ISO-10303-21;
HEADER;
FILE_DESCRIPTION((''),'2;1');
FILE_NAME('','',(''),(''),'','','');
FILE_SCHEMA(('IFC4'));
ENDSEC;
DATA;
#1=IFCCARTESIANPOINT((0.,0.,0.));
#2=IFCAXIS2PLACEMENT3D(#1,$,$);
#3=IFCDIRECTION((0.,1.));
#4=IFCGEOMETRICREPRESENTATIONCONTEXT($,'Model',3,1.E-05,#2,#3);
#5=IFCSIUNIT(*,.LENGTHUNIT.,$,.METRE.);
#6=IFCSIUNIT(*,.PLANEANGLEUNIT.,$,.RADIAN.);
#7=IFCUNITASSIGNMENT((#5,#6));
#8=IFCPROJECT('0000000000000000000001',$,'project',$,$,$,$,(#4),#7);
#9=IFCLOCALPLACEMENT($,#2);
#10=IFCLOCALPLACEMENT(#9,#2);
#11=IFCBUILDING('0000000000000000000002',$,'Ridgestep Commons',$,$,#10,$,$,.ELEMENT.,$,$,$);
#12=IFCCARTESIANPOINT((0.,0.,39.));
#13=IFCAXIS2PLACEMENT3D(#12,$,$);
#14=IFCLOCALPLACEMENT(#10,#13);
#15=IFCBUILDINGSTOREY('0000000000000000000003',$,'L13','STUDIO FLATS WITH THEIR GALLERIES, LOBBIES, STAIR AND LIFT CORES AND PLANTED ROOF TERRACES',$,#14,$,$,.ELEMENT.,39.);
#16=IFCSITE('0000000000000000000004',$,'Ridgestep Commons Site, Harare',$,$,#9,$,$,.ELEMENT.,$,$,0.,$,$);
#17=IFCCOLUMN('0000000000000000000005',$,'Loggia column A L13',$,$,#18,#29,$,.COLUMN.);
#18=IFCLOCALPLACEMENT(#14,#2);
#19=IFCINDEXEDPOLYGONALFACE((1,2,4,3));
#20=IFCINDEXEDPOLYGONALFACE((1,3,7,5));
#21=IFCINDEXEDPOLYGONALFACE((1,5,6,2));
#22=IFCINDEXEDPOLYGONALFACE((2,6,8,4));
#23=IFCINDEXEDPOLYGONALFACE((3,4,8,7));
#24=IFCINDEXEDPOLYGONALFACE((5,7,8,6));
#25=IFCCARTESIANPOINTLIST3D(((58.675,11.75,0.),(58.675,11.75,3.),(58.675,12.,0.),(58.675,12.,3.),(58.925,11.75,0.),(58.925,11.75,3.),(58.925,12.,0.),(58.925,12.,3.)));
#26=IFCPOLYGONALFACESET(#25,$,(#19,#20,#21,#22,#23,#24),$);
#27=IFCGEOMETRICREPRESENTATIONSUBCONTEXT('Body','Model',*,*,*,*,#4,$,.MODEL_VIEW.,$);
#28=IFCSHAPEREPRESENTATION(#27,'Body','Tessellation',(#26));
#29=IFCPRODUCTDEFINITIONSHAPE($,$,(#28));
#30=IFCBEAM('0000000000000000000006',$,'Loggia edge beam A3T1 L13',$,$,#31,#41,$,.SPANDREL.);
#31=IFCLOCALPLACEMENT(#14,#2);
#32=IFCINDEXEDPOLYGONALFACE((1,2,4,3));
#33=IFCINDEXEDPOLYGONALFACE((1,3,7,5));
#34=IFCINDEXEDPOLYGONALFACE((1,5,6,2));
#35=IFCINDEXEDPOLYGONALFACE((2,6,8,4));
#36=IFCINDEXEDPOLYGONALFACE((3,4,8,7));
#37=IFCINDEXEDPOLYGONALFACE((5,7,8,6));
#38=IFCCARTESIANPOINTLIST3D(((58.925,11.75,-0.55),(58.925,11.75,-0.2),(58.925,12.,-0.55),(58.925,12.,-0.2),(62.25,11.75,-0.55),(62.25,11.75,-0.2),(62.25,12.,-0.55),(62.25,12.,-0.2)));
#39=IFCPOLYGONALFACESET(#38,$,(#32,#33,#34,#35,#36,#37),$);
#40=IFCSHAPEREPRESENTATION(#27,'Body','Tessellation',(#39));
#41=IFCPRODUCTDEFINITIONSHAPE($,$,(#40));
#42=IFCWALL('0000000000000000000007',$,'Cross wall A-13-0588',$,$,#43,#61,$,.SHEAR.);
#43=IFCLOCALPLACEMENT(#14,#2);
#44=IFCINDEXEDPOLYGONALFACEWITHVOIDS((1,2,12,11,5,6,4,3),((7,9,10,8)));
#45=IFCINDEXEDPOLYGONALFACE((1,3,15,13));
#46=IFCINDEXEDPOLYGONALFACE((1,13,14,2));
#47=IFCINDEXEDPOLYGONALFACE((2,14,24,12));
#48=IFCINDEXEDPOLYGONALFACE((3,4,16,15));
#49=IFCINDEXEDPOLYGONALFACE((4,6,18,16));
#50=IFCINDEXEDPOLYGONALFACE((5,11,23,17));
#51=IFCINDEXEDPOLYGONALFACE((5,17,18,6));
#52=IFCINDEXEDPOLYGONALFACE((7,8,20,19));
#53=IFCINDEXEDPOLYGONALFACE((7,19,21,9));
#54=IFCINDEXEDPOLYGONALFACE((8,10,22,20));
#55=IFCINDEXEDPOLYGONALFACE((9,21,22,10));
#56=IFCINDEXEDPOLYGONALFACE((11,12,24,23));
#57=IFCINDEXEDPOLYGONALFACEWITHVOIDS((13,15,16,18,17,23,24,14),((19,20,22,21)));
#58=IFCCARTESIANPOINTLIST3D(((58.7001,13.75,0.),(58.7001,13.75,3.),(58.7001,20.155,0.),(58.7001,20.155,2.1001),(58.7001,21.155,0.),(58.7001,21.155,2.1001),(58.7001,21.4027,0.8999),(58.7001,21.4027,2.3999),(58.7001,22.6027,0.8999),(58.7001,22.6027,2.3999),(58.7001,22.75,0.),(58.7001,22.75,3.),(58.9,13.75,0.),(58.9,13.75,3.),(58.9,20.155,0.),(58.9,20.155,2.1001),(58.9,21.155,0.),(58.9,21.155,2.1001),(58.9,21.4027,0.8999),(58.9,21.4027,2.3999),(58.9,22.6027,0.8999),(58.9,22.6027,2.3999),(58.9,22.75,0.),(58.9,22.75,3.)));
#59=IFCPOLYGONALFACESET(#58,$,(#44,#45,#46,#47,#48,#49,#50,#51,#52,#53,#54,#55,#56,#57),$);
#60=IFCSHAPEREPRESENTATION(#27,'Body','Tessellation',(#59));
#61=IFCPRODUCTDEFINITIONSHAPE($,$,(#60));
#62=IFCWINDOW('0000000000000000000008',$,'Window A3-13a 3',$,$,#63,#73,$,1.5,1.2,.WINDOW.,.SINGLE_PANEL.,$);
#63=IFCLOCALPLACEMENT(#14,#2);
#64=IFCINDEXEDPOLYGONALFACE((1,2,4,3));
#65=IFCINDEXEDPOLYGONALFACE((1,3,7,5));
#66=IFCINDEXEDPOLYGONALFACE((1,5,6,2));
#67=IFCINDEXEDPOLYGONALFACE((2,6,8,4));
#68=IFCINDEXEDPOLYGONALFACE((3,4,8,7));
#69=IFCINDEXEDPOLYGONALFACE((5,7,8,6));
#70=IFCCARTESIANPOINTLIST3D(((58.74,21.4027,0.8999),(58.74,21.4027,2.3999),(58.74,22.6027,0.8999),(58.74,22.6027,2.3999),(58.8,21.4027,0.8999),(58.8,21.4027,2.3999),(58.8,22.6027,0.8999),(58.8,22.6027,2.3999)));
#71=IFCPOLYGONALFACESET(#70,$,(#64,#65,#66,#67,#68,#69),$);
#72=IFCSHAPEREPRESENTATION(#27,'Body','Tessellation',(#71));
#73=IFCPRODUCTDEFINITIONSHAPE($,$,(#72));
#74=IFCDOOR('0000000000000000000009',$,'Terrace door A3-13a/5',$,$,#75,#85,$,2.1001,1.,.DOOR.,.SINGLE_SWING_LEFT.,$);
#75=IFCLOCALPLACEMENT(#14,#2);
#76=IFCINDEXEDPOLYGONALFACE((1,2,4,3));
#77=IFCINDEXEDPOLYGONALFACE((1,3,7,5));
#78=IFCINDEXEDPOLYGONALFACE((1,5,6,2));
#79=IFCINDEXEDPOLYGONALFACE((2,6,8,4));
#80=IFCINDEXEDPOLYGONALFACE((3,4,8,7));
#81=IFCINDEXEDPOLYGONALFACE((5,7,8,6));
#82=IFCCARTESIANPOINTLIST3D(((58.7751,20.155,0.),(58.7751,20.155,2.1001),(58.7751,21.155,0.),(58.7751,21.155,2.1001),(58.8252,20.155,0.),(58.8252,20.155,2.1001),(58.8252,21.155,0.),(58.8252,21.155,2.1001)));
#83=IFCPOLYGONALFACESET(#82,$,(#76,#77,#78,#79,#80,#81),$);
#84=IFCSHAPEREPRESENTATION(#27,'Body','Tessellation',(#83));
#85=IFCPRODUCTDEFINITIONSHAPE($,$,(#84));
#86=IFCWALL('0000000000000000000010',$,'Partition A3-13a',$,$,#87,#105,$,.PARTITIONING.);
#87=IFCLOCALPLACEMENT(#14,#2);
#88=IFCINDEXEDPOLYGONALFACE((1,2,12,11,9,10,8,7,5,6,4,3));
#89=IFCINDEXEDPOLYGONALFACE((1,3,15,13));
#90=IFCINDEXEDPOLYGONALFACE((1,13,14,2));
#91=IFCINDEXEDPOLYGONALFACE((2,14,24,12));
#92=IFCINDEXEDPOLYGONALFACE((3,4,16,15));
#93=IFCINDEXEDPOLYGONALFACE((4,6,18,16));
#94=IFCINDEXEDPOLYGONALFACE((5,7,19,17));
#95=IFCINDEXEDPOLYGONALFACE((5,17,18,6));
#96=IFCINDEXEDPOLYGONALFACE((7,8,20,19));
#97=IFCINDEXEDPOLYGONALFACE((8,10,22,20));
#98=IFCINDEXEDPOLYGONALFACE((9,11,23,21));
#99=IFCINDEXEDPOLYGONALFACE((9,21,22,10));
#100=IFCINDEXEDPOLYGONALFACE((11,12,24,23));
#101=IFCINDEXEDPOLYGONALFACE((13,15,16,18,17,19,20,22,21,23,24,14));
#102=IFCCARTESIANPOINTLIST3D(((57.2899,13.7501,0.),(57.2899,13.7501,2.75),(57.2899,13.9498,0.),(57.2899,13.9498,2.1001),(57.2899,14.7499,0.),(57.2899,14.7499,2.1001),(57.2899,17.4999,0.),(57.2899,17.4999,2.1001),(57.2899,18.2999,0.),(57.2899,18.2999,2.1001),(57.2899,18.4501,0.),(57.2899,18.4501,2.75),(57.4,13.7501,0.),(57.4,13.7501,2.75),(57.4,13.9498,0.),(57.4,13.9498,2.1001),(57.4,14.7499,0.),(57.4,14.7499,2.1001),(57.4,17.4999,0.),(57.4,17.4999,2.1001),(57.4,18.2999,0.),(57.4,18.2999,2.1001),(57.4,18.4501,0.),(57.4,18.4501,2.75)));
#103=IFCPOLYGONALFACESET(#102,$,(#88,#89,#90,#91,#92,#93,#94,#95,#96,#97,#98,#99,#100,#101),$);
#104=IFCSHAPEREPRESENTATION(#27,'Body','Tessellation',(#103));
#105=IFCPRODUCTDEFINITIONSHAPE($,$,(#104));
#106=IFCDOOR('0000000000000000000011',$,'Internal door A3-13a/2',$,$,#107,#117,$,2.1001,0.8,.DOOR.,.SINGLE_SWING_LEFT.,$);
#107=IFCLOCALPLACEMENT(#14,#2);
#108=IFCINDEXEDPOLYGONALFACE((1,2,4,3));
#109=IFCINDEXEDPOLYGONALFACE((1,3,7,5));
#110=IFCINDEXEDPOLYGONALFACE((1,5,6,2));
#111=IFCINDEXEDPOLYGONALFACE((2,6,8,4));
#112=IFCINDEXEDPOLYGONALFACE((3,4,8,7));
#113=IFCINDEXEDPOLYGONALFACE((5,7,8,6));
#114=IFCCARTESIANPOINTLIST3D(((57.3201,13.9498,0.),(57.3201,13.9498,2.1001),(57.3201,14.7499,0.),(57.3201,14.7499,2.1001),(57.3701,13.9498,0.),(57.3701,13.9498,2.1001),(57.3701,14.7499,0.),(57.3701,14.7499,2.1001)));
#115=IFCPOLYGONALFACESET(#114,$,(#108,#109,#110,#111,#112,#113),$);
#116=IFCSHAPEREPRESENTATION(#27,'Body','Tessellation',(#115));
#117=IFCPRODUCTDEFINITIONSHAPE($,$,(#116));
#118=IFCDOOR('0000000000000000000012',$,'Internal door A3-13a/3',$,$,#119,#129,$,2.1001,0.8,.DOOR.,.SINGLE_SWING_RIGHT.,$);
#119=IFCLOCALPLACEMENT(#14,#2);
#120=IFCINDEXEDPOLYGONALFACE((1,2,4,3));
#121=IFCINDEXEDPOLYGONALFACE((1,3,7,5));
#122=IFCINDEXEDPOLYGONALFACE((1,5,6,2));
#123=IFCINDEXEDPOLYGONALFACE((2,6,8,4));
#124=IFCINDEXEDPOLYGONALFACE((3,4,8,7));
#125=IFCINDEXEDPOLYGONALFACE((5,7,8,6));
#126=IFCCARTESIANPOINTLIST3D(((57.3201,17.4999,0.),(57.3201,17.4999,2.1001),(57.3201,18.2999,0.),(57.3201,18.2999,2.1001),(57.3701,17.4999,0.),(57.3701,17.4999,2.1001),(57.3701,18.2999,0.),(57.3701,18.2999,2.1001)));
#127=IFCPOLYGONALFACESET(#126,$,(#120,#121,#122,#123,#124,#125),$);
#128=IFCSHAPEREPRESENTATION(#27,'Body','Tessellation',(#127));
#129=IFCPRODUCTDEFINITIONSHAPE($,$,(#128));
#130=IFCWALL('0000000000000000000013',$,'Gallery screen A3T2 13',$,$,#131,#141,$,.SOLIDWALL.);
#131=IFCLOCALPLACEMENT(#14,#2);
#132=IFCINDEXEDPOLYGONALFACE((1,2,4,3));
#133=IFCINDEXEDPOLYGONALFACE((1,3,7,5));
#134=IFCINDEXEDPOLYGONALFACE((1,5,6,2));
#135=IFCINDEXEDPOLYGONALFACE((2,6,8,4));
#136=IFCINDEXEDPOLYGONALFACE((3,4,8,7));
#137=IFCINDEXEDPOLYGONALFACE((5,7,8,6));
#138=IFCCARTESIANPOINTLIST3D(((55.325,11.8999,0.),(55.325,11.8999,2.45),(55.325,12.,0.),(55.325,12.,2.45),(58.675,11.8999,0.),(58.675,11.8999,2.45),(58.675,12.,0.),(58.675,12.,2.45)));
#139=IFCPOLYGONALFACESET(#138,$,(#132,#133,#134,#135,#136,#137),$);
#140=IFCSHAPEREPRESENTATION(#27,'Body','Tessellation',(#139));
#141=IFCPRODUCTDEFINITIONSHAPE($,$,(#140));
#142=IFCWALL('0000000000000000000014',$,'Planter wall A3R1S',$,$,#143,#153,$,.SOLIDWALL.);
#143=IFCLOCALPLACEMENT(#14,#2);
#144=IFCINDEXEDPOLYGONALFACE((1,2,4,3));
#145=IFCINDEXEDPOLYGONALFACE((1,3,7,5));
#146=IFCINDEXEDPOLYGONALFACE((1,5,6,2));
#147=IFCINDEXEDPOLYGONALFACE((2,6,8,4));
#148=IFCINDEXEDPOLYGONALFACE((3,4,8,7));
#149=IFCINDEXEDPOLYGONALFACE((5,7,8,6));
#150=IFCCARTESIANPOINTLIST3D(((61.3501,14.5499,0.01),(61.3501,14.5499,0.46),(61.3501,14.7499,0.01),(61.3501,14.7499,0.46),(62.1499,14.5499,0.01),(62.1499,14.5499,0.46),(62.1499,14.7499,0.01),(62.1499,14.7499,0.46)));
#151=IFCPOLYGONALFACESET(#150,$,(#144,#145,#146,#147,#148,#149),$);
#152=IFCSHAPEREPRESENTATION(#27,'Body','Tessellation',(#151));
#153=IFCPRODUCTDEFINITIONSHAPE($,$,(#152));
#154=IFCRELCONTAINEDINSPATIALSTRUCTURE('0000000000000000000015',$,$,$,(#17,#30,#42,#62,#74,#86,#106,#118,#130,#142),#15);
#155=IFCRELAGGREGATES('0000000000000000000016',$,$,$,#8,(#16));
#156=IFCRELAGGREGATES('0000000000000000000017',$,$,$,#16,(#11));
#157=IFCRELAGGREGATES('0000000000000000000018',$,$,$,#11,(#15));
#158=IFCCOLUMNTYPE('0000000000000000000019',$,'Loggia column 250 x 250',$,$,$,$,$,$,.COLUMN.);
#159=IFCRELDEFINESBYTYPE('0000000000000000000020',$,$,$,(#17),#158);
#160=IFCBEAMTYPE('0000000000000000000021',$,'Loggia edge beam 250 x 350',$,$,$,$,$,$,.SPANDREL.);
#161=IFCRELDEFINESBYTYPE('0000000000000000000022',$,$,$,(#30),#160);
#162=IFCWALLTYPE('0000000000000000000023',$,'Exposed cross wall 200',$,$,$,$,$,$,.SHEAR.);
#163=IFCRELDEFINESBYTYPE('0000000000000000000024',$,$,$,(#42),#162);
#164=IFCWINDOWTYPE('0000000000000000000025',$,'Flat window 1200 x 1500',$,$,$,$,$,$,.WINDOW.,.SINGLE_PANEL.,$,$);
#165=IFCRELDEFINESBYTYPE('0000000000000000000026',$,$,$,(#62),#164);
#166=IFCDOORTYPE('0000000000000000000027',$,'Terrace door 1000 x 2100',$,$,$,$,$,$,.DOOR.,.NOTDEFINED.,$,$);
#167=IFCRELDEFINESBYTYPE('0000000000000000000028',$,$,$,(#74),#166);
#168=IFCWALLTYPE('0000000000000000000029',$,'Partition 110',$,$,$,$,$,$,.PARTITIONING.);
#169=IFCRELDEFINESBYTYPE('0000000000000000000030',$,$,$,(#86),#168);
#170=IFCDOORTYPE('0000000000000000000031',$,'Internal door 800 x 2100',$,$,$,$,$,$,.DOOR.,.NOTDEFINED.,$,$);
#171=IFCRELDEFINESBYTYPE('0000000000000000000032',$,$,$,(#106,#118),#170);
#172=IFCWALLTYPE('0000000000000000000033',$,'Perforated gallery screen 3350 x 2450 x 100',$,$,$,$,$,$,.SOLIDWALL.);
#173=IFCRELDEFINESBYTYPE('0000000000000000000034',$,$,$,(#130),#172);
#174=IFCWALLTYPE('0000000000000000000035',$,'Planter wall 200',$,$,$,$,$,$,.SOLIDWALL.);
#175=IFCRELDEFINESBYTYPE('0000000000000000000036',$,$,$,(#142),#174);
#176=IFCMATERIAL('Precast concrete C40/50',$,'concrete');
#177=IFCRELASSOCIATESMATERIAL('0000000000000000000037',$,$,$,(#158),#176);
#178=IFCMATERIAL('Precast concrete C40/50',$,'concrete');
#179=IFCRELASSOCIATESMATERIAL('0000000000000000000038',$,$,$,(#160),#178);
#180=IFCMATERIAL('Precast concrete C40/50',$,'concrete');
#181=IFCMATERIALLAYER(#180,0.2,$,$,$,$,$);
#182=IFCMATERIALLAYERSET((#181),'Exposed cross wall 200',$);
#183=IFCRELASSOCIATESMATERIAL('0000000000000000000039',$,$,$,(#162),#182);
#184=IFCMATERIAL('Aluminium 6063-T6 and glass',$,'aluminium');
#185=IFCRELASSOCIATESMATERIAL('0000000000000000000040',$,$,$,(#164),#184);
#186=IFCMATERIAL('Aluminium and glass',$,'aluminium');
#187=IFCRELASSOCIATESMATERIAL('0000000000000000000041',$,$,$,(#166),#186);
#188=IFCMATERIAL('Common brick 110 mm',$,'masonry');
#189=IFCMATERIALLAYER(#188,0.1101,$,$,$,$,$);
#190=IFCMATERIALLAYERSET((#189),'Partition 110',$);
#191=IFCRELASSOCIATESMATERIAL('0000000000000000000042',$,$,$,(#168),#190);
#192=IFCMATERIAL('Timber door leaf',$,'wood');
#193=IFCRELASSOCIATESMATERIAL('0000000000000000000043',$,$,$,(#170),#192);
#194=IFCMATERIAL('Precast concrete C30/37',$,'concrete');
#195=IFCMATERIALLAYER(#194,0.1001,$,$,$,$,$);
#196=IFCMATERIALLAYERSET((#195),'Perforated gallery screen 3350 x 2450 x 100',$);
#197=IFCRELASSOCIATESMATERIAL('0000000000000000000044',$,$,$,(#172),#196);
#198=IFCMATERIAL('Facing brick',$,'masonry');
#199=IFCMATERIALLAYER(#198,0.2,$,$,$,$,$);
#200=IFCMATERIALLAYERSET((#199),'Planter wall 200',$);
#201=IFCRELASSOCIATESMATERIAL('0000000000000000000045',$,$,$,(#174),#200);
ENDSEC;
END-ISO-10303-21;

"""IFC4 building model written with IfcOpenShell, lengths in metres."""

from ifc_helpers import new_model, si_unit, direction, frame, frame_2d, origin, origin_2d, place, context, subcontext, project, spatial, rectangle, extrude, material, layer, layer_set, material_profile, profile_set, type_object, element, fill, save


model = new_model("IFC4")

# Units and contexts
model_context = context("Model", 3, precision=1e-05, world=origin(), true_north=direction((0.0, 1.0)))
body_context = subcontext(model_context, "Body", "Model", "MODEL_VIEW")
ifc_project = project(units=[si_unit("LENGTHUNIT", "METRE"), si_unit("PLANEANGLEUNIT", "RADIAN")], contexts=[model_context])

# Site, building, storey
site_placement = place(None, origin())
site = spatial("IfcSite", under=ifc_project, at=site_placement, Name="Ridgestep Commons Site, Harare", CompositionType="ELEMENT", RefElevation=0.0)
building_placement = place(site_placement, origin())
building = spatial("IfcBuilding", under=site, at=building_placement, Name="Ridgestep Commons", CompositionType="ELEMENT")
storey_placement = place(building_placement, frame((0.0, 0.0, 39.0)))
storey = spatial("IfcBuildingStorey", under=building, at=storey_placement, Name="L13", Description="STUDIO FLATS WITH THEIR GALLERIES, LOBBIES, STAIR AND LIFT CORES AND PLANTED ROOF TERRACES", CompositionType="ELEMENT", Elevation=39.0)

# Column
ifc_material_1 = material(Name="Precast concrete C40/50", Category="concrete")
ifc_material_profile_1 = material_profile(ifc_material_1, rectangle(XDim=0.25, YDim=0.25, at=origin_2d()), Name="PC 250x250")
ifc_profile_set_1 = profile_set([ifc_material_profile_1], Name="Precast concrete C40/50")
column_type = type_object("IfcColumnType", Name="Loggia column 250 x 250", PredefinedType="COLUMN", material=ifc_profile_set_1)
column_placement = place(storey_placement, frame((58.8, 11.875, 0.0), z_axis=(0.0, 0.0, 1.0), x_axis=(1.0, 0.0, 0.0)))
element("IfcColumn", 1, at=column_placement, inside=storey, type_object=column_type, Name="Loggia column A L13", PredefinedType="COLUMN", context=body_context, shape_type="SweptSolid", body=[
    extrude(rectangle(XDim=0.25, YDim=0.25, at=origin_2d()), origin(), (0.0, 0.0, 1.0), 3.0),
])

# Beam
ifc_material_2 = material(Name="Precast concrete C40/50", Category="concrete")
ifc_material_profile_2 = material_profile(ifc_material_2, rectangle(XDim=0.25, YDim=0.3501, at=origin_2d()), Name="PC 250x350")
ifc_profile_set_2 = profile_set([ifc_material_profile_2], Name="Precast concrete C40/50")
beam_type = type_object("IfcBeamType", Name="Loggia edge beam 250 x 350", PredefinedType="SPANDREL", material=ifc_profile_set_2)
beam_placement = place(storey_placement, frame((58.925, 11.875, -0.375), z_axis=(1.0, 0.0, 0.0), x_axis=(0.0, 1.0, 0.0)))
element("IfcBeam", 2, at=beam_placement, inside=storey, type_object=beam_type, Name="Loggia edge beam A3T1 L13", PredefinedType="SPANDREL", context=body_context, shape_type="SweptSolid", body=[
    extrude(rectangle(XDim=0.25, YDim=0.3501, at=origin_2d()), origin(), (0.0, 0.0, 1.0), 3.325),
])

# Wall, openings, window, door
ifc_material_3 = material(Name="Precast concrete C40/50", Category="concrete")
ifc_layer_1 = layer(ifc_material_3, 0.2)
ifc_layer_set_1 = layer_set([ifc_layer_1], Name="Exposed cross wall 200")
wall_type_1 = type_object("IfcWallType", Name="Exposed cross wall 200", PredefinedType="SHEAR", material=ifc_layer_set_1)
wall_1_placement = place(storey_placement, frame((58.8, 13.75, 0.0), z_axis=(0.0, 0.0, 1.0), x_axis=(0.0, 1.0, 0.0)))
wall_1 = element("IfcWall", 3, at=wall_1_placement, inside=storey, type_object=wall_type_1, Name="Cross wall A-13-0588", PredefinedType="SHEAR", context=body_context, shape_type="SweptSolid", body=[
    extrude(rectangle(XDim=9.0, YDim=0.2, at=frame_2d((4.5, 0.0))), origin(), (0.0, 0.0, 1.0), 3.0),
])
opening_1_placement = place(wall_1_placement, frame((7.6526, 0.0, 0.8999)))
opening_1 = element("IfcOpeningElement", 4, at=opening_1_placement, cuts=wall_1, PredefinedType="OPENING", context=body_context, shape_type="SweptSolid", body=[
    extrude(rectangle(XDim=1.2, YDim=1.5, at=frame_2d((0.6001, 0.75))), frame((0.0, 0.1099, 0.0), z_axis=(0.0, -1.0, 0.0), x_axis=(1.0, 0.0, 0.0)), (0.0, 0.0, 1.0), 0.22),
])
opening_2_placement = place(wall_1_placement, frame((6.405, 0.0, 0.0)))
opening_2 = element("IfcOpeningElement", 5, at=opening_2_placement, cuts=wall_1, PredefinedType="OPENING", context=body_context, shape_type="SweptSolid", body=[
    extrude(rectangle(XDim=1.0, YDim=2.1001, at=frame_2d((0.5, 1.05))), frame((0.0, 0.1099, 0.0), z_axis=(0.0, -1.0, 0.0), x_axis=(1.0, 0.0, 0.0)), (0.0, 0.0, 1.0), 0.22),
])
ifc_material_4 = material(Name="Aluminium 6063-T6 and glass", Category="aluminium")
window_type = type_object("IfcWindowType", Name="Flat window 1200 x 1500", PartitioningType="SINGLE_PANEL", PredefinedType="WINDOW", material=ifc_material_4)
window_placement = place(opening_1_placement, origin())
window = element("IfcWindow", 6, at=window_placement, inside=storey, type_object=window_type, Name="Window A3-13a 3", OverallHeight=1.5, OverallWidth=1.2, PartitioningType="SINGLE_PANEL", PredefinedType="WINDOW", context=body_context, shape_type="SweptSolid", body=[
    extrude(rectangle(XDim=1.2, YDim=1.5, at=frame_2d((0.6001, 0.75))), frame((0.0, 0.0601, 0.0), z_axis=(0.0, -1.0, 0.0), x_axis=(1.0, 0.0, 0.0)), (0.0, 0.0, 1.0), 0.0601),
])
fill(opening_1, window)
ifc_material_5 = material(Name="Aluminium and glass", Category="aluminium")
door_type_1 = type_object("IfcDoorType", Name="Terrace door 1000 x 2100", OperationType="NOTDEFINED", PredefinedType="DOOR", material=ifc_material_5)
door_1_placement = place(opening_2_placement, origin())
door_1 = element("IfcDoor", 7, at=door_1_placement, inside=storey, type_object=door_type_1, Name="Terrace door A3-13a/5", OperationType="SINGLE_SWING_LEFT", OverallHeight=2.1001, OverallWidth=1.0, PredefinedType="DOOR", context=body_context, shape_type="SweptSolid", body=[
    extrude(rectangle(XDim=1.0, YDim=2.1001, at=frame_2d((0.5, 1.05))), frame((0.0, 0.0249, 0.0), z_axis=(0.0, -1.0, 0.0), x_axis=(1.0, 0.0, 0.0)), (0.0, 0.0, 1.0), 0.05),
])
fill(opening_2, door_1)

# Wall, openings, doors
ifc_material_6 = material(Name="Common brick 110 mm", Category="masonry")
ifc_layer_2 = layer(ifc_material_6, 0.1101)
ifc_layer_set_2 = layer_set([ifc_layer_2], Name="Partition 110")
wall_type_2 = type_object("IfcWallType", Name="Partition 110", PredefinedType="PARTITIONING", material=ifc_layer_set_2)
wall_2_placement = place(storey_placement, frame((57.345, 13.75, 0.0), z_axis=(0.0, 0.0, 1.0), x_axis=(0.0, 1.0, 0.0)))
wall_2 = element("IfcWall", 8, at=wall_2_placement, inside=storey, type_object=wall_type_2, Name="Partition A3-13a", PredefinedType="PARTITIONING", context=body_context, shape_type="SweptSolid", body=[
    extrude(rectangle(XDim=4.7, YDim=0.1101, at=frame_2d((2.3501, 0.0))), origin(), (0.0, 0.0, 1.0), 2.75),
])
opening_3_placement = place(wall_2_placement, frame((0.2, 0.0, 0.0)))
opening_3 = element("IfcOpeningElement", 9, at=opening_3_placement, cuts=wall_2, PredefinedType="OPENING", context=body_context, shape_type="SweptSolid", body=[
    extrude(rectangle(XDim=0.8, YDim=2.1001, at=frame_2d((0.3999, 1.05))), frame((0.0, 0.0649, 0.0), z_axis=(0.0, -1.0, 0.0), x_axis=(1.0, 0.0, 0.0)), (0.0, 0.0, 1.0), 0.1301),
])
opening_4_placement = place(wall_2_placement, frame((3.75, 0.0, 0.0)))
opening_4 = element("IfcOpeningElement", 10, at=opening_4_placement, cuts=wall_2, PredefinedType="OPENING", context=body_context, shape_type="SweptSolid", body=[
    extrude(rectangle(XDim=0.8, YDim=2.1001, at=frame_2d((0.3999, 1.05))), frame((0.0, 0.0649, 0.0), z_axis=(0.0, -1.0, 0.0), x_axis=(1.0, 0.0, 0.0)), (0.0, 0.0, 1.0), 0.1301),
])
ifc_material_7 = material(Name="Timber door leaf", Category="wood")
door_type_2 = type_object("IfcDoorType", Name="Internal door 800 x 2100", OperationType="NOTDEFINED", PredefinedType="DOOR", material=ifc_material_7)
door_2_placement = place(opening_3_placement, origin())
door_2 = element("IfcDoor", 11, at=door_2_placement, inside=storey, type_object=door_type_2, Name="Internal door A3-13a/2", OperationType="SINGLE_SWING_LEFT", OverallHeight=2.1001, OverallWidth=0.8, PredefinedType="DOOR", context=body_context, shape_type="SweptSolid", body=[
    extrude(rectangle(XDim=0.8, YDim=2.1001, at=frame_2d((0.3999, 1.05))), frame((0.0, 0.0249, 0.0), z_axis=(0.0, -1.0, 0.0), x_axis=(1.0, 0.0, 0.0)), (0.0, 0.0, 1.0), 0.05),
])
fill(opening_3, door_2)
door_3_placement = place(opening_4_placement, origin())
door_3 = element("IfcDoor", 12, at=door_3_placement, inside=storey, type_object=door_type_2, Name="Internal door A3-13a/3", OperationType="SINGLE_SWING_RIGHT", OverallHeight=2.1001, OverallWidth=0.8, PredefinedType="DOOR", context=body_context, shape_type="SweptSolid", body=[
    extrude(rectangle(XDim=0.8, YDim=2.1001, at=frame_2d((0.3999, 1.05))), frame((0.0, 0.0249, 0.0), z_axis=(0.0, -1.0, 0.0), x_axis=(1.0, 0.0, 0.0)), (0.0, 0.0, 1.0), 0.05),
])
fill(opening_4, door_3)

# Walls
ifc_material_8 = material(Name="Precast concrete C30/37", Category="concrete")
ifc_layer_3 = layer(ifc_material_8, 0.1001)
ifc_layer_set_3 = layer_set([ifc_layer_3], Name="Perforated gallery screen 3350 x 2450 x 100")
wall_type_3 = type_object("IfcWallType", Name="Perforated gallery screen 3350 x 2450 x 100", PredefinedType="SOLIDWALL", material=ifc_layer_set_3)
wall_3_placement = place(storey_placement, frame((55.325, 11.95, 0.0), z_axis=(0.0, 0.0, 1.0), x_axis=(1.0, 0.0, 0.0)))
element("IfcWall", 13, at=wall_3_placement, inside=storey, type_object=wall_type_3, Name="Gallery screen A3T2 13", PredefinedType="SOLIDWALL", context=body_context, shape_type="SweptSolid", body=[
    extrude(rectangle(XDim=3.3501, YDim=0.1001, at=frame_2d((1.675, 0.0))), origin(), (0.0, 0.0, 1.0), 2.45),
])
ifc_material_9 = material(Name="Facing brick", Category="masonry")
ifc_layer_4 = layer(ifc_material_9, 0.2)
ifc_layer_set_4 = layer_set([ifc_layer_4], Name="Planter wall 200")
wall_type_4 = type_object("IfcWallType", Name="Planter wall 200", PredefinedType="SOLIDWALL", material=ifc_layer_set_4)
wall_4_placement = place(storey_placement, frame((61.3501, 14.6499, 0.01), z_axis=(0.0, 0.0, 1.0), x_axis=(1.0, 0.0, 0.0)))
element("IfcWall", 14, at=wall_4_placement, inside=storey, type_object=wall_type_4, Name="Planter wall A3R1S", PredefinedType="SOLIDWALL", context=body_context, shape_type="SweptSolid", body=[
    extrude(rectangle(XDim=0.7998, YDim=0.2, at=frame_2d((0.3999, 0.0))), origin(), (0.0, 0.0, 1.0), 0.45),
])

save(model, "model.ifc")
